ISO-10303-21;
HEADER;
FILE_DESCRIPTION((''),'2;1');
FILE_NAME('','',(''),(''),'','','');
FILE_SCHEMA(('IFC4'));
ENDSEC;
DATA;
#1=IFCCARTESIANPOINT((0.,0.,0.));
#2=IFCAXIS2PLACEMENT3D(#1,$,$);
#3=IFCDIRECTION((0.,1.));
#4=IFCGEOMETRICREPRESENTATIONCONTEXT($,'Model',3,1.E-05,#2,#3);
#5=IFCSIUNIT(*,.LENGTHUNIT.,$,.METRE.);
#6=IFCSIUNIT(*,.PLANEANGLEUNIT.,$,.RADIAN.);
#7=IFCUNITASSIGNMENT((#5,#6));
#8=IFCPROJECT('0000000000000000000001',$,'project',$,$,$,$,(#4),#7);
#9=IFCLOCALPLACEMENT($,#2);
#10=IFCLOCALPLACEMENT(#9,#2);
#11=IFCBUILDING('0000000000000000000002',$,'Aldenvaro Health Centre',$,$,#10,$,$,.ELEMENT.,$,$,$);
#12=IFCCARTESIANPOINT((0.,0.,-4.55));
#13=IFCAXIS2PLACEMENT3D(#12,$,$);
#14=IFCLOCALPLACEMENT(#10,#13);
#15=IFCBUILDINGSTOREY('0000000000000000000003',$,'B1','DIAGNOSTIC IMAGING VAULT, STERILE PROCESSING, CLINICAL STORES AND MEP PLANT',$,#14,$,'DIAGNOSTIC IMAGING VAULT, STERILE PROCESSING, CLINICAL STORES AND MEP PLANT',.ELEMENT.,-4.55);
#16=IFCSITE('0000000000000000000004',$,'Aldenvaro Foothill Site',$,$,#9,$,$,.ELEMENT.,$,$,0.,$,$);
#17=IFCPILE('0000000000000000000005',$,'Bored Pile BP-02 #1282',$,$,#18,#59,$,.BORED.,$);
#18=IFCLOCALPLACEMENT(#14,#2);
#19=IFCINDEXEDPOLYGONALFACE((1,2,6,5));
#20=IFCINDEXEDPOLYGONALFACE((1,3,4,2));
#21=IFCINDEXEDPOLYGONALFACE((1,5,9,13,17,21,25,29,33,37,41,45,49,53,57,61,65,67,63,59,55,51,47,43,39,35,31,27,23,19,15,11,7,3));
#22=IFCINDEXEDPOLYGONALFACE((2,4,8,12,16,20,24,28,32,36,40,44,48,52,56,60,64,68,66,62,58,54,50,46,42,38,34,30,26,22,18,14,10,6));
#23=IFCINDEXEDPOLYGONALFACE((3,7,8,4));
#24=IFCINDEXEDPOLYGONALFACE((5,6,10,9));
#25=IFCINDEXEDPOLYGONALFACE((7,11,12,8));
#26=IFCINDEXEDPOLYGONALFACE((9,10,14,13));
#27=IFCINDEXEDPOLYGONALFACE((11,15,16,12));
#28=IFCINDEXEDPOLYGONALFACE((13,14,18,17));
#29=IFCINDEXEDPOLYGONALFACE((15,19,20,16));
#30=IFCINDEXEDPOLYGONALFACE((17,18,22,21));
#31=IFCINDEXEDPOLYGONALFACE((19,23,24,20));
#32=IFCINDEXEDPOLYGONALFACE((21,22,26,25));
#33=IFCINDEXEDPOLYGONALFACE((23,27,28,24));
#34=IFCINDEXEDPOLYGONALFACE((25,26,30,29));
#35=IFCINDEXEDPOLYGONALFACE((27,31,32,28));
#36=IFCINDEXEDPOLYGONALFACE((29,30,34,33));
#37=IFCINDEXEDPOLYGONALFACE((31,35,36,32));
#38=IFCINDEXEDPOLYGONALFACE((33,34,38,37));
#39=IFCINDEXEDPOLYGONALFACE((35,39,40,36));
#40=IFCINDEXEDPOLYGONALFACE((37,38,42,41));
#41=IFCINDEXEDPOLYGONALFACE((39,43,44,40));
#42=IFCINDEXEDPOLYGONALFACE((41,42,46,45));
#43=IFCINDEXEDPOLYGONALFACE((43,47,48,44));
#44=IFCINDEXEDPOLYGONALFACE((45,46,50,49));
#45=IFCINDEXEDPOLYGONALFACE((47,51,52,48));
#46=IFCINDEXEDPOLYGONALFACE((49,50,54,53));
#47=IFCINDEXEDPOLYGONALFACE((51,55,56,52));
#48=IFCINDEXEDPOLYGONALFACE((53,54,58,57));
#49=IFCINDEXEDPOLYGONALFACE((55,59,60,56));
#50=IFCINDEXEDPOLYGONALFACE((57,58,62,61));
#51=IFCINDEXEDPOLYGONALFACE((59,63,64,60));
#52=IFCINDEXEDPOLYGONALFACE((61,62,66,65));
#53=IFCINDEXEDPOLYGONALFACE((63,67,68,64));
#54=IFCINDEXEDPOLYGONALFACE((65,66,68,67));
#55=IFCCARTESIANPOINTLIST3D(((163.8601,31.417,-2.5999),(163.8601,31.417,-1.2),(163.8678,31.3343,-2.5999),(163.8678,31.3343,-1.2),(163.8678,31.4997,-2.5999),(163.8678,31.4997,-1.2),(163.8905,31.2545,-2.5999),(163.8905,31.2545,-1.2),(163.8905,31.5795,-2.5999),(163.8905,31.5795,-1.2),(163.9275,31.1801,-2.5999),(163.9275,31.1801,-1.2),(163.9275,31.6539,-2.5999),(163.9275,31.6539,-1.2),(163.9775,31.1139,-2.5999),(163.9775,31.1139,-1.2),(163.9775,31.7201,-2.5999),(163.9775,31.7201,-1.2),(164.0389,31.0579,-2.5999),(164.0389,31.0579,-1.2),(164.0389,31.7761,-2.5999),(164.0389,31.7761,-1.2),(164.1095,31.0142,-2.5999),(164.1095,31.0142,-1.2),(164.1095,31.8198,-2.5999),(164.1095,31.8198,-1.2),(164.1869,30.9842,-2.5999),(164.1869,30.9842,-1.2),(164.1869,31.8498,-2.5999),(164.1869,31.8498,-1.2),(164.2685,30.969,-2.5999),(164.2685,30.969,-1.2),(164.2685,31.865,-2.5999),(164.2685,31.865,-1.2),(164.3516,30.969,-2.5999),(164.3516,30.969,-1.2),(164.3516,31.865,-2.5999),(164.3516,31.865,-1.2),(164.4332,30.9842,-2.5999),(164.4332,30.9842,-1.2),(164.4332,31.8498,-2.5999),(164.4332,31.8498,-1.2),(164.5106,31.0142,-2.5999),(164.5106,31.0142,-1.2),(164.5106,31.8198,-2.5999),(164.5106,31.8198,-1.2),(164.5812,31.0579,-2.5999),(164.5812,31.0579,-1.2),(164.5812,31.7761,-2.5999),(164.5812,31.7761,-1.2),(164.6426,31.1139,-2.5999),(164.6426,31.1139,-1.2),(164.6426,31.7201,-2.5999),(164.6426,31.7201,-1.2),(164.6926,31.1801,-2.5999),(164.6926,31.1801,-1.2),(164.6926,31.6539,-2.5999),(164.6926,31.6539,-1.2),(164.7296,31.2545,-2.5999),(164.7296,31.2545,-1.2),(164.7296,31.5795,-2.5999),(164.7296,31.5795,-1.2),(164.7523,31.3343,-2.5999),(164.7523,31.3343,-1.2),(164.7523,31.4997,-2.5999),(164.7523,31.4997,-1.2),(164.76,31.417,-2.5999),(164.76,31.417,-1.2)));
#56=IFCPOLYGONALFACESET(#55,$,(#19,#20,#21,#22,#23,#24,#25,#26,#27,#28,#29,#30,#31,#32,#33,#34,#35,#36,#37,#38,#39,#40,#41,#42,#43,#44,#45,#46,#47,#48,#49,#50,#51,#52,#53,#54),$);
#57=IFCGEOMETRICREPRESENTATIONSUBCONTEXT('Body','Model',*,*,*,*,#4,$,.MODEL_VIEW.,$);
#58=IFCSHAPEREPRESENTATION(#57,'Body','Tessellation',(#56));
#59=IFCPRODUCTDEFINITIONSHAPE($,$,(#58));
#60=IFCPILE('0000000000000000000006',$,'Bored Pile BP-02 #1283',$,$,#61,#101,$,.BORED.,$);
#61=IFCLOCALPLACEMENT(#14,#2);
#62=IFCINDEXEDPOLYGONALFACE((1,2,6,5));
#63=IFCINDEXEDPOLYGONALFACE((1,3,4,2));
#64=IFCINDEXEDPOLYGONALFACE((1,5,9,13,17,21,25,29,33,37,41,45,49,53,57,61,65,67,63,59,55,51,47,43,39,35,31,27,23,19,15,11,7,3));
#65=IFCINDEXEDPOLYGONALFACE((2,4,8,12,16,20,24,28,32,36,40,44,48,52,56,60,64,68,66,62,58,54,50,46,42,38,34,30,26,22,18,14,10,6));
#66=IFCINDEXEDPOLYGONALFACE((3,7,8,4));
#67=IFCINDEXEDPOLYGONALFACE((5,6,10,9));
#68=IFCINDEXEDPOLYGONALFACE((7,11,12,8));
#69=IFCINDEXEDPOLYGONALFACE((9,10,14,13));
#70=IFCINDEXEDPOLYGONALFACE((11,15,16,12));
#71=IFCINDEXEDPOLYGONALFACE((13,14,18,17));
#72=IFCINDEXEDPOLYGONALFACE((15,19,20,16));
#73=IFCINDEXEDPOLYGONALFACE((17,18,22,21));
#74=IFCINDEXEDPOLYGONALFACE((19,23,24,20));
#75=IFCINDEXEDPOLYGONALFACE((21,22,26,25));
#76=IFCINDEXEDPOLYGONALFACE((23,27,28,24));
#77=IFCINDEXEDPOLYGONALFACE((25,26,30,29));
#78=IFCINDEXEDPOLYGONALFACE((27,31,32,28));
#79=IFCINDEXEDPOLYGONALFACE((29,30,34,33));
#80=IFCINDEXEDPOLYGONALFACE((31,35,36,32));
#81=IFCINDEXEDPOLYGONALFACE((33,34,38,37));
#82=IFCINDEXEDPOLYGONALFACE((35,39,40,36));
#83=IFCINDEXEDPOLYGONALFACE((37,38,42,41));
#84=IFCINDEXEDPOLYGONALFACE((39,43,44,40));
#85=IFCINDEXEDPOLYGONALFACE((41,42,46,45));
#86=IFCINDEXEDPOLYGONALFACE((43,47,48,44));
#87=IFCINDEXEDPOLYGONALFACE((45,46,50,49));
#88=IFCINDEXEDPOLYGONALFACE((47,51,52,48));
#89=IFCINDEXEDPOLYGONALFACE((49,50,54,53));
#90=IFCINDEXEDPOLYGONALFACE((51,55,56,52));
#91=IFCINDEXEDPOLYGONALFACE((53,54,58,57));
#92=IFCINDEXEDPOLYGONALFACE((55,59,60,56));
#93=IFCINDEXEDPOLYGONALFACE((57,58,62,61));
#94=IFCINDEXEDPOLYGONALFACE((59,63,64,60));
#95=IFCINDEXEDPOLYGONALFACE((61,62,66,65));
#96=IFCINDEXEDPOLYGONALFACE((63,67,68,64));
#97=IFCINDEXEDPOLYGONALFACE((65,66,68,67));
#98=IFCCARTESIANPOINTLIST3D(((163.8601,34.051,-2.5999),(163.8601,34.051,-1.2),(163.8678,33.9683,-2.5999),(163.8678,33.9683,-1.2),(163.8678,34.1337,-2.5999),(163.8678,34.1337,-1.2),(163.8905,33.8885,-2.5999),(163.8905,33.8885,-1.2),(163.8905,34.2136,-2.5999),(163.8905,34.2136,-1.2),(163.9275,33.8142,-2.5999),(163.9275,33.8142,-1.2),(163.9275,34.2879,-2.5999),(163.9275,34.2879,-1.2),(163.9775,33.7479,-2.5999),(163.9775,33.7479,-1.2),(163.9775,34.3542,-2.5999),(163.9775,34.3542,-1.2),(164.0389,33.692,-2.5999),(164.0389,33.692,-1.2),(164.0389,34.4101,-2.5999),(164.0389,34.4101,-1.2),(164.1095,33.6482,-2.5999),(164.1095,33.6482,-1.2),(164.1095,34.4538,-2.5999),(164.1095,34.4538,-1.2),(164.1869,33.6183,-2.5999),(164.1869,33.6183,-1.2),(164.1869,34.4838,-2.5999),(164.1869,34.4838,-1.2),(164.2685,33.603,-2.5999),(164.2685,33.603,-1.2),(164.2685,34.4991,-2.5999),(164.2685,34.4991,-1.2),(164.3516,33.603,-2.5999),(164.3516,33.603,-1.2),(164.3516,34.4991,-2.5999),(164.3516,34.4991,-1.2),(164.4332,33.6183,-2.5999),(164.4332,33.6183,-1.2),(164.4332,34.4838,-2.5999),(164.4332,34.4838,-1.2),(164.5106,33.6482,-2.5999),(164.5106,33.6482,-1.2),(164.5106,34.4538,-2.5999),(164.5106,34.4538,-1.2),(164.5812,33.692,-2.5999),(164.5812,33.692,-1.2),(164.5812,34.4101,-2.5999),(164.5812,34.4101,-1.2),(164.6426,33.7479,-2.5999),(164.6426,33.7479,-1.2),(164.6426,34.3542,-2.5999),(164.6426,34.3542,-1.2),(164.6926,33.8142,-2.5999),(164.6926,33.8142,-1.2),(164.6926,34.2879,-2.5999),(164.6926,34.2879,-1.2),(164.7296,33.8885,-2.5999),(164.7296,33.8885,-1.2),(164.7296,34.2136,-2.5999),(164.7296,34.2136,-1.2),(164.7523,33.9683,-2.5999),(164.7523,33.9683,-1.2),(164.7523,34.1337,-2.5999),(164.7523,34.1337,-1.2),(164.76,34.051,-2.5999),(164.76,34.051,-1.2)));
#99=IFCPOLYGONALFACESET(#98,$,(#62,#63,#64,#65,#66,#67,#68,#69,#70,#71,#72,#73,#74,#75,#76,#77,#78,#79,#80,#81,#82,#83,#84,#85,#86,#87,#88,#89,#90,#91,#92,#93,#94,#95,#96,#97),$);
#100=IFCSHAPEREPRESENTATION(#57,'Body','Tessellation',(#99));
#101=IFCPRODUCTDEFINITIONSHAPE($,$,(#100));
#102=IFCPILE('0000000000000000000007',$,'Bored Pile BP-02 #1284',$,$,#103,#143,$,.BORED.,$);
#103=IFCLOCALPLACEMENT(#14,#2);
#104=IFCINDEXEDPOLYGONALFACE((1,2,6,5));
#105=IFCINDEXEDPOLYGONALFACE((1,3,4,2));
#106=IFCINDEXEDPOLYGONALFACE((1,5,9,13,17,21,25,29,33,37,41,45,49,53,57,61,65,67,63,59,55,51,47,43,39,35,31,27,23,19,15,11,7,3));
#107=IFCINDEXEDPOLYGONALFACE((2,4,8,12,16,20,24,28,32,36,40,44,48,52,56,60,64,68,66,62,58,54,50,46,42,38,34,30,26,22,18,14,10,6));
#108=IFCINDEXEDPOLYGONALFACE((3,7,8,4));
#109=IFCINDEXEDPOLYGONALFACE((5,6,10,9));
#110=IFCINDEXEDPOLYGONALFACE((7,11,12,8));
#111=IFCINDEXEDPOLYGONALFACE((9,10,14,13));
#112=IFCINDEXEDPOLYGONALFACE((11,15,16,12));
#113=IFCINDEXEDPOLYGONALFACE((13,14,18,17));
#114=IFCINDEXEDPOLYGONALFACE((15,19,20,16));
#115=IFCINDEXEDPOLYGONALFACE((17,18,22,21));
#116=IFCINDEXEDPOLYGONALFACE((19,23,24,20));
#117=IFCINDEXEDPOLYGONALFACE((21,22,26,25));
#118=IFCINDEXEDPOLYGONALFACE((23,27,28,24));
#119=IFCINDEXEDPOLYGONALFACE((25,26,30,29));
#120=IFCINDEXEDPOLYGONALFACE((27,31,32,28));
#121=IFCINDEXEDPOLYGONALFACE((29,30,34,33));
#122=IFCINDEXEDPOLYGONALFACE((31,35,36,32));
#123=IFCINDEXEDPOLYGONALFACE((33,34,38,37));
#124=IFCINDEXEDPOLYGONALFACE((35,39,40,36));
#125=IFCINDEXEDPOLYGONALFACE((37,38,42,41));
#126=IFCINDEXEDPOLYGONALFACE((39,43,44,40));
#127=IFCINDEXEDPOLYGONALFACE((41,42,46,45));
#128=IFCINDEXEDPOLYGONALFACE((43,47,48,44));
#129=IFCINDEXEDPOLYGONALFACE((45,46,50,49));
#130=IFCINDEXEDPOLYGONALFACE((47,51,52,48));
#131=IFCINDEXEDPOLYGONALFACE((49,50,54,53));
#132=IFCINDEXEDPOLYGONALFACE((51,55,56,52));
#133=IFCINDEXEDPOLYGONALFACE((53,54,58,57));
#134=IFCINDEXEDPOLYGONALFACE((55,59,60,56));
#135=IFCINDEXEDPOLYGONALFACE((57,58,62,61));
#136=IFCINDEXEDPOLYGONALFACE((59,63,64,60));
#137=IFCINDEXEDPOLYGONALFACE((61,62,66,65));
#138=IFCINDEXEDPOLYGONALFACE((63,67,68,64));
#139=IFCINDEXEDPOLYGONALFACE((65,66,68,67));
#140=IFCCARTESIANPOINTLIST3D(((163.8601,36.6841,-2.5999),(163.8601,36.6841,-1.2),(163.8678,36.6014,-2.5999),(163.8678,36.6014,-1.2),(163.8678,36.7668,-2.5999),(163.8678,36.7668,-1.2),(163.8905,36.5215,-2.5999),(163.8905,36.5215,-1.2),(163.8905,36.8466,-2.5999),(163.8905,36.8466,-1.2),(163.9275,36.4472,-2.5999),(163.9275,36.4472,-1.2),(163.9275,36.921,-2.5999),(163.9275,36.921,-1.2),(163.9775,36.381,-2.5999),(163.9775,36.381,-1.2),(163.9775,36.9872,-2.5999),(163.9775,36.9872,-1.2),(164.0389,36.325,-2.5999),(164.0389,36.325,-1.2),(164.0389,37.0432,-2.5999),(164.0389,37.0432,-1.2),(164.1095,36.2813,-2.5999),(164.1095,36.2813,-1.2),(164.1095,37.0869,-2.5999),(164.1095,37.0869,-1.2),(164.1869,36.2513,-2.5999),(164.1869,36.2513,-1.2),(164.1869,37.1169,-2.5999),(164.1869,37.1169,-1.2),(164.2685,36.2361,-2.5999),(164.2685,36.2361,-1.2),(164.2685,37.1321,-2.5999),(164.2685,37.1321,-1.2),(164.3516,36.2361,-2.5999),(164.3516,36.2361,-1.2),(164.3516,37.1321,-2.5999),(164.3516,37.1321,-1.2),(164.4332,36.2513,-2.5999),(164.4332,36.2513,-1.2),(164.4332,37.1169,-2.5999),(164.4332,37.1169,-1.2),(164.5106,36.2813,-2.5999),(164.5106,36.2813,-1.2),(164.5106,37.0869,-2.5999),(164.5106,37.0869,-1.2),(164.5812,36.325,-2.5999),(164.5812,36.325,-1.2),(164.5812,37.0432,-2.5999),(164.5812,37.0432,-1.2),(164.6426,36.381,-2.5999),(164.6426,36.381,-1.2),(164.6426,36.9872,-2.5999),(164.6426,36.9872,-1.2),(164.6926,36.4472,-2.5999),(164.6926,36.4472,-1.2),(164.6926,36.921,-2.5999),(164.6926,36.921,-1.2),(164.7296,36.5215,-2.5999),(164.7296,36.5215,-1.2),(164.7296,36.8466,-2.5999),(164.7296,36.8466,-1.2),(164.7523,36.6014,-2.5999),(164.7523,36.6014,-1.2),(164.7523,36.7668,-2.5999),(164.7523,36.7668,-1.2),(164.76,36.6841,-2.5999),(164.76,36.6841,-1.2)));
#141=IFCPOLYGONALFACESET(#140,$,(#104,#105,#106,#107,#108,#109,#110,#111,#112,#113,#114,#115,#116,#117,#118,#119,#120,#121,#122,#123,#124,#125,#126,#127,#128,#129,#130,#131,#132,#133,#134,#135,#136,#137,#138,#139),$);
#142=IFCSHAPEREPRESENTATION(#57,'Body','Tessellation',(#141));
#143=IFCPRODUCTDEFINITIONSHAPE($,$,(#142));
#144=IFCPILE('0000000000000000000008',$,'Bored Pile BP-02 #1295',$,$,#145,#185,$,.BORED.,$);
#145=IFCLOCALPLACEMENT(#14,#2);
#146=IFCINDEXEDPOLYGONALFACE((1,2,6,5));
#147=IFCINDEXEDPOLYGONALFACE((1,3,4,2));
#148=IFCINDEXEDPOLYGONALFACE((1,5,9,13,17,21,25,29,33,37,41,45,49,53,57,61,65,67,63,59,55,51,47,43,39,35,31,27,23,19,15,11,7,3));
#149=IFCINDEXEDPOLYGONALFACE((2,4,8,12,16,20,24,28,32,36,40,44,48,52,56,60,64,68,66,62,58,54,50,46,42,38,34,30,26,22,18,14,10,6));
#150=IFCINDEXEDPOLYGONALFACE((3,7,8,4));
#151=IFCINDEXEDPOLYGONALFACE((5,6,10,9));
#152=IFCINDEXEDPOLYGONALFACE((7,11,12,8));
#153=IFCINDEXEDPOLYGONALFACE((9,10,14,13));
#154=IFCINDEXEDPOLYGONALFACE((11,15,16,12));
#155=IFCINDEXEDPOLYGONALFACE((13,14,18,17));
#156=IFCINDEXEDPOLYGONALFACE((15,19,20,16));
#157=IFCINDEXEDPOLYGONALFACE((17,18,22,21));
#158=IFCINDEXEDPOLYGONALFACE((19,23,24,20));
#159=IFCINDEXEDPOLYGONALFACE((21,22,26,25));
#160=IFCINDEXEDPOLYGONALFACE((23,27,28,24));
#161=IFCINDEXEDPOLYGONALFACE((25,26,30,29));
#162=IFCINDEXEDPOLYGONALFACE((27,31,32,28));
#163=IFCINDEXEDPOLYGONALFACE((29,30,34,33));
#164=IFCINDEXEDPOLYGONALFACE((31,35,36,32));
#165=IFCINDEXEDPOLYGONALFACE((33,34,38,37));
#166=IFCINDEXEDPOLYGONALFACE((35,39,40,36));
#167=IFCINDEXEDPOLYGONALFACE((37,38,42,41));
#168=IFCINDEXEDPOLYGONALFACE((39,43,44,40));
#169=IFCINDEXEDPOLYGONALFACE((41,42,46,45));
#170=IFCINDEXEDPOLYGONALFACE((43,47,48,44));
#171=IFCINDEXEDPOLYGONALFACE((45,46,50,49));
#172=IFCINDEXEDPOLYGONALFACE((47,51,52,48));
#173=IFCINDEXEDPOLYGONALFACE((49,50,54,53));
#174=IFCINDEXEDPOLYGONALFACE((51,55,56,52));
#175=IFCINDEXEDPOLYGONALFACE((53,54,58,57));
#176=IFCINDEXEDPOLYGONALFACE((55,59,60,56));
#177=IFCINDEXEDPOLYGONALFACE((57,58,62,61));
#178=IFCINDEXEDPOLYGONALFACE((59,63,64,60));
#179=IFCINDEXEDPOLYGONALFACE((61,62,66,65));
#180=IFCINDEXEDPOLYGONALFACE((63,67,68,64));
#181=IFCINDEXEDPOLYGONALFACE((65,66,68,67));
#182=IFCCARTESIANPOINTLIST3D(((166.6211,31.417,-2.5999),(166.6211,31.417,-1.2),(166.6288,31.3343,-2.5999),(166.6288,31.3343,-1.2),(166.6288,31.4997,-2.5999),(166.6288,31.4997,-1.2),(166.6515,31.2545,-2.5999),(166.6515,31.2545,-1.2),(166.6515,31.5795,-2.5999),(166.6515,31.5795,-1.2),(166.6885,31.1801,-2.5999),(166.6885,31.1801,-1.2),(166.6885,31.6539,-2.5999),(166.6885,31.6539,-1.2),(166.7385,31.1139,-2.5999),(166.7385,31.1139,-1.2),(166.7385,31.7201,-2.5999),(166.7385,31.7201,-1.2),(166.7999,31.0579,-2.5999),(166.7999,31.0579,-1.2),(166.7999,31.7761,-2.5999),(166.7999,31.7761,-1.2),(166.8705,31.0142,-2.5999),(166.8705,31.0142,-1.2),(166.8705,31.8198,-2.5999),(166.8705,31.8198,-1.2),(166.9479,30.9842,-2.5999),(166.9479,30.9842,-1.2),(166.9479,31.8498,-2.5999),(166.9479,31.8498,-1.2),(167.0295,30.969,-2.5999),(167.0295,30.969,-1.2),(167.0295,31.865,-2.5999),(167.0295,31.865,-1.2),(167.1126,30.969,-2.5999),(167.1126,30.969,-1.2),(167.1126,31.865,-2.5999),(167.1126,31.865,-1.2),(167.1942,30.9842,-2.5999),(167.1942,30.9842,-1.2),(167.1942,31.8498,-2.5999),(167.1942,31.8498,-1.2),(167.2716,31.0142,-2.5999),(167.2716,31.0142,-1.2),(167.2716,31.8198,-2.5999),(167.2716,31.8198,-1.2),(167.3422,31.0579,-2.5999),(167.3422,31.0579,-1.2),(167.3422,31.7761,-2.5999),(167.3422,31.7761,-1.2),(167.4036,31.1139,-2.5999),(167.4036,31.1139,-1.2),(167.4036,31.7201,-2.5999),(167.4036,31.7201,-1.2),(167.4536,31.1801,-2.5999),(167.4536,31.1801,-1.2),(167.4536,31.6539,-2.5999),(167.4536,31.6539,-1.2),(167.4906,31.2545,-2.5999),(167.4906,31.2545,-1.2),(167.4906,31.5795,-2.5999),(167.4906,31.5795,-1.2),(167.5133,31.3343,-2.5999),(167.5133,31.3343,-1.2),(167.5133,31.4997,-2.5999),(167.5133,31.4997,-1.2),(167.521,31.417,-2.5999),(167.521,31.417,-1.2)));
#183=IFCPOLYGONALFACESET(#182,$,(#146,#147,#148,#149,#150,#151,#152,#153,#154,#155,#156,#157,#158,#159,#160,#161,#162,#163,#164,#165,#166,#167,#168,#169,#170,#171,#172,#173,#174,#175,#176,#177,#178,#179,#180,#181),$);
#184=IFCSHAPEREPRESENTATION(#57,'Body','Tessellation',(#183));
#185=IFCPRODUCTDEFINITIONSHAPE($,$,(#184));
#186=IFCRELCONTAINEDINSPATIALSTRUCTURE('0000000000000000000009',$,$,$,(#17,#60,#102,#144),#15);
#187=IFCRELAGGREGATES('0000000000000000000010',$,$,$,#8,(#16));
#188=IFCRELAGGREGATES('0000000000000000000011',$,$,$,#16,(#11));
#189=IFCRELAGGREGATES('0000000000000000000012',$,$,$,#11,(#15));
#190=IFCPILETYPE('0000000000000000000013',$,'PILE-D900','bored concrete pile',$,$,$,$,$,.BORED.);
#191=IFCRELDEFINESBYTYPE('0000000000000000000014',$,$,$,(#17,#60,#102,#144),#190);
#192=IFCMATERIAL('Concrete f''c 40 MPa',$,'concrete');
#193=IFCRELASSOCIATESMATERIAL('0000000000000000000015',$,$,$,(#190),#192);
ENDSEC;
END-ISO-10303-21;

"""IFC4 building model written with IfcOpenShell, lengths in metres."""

from ifc_helpers import new_model, si_unit, direction, frame, origin, origin_2d, place, context, subcontext, project, spatial, circle, extrude, material, material_profile, profile_set, type_object, element, save


model = new_model("IFC4")

# Units and contexts
model_context = context("Model", 3, precision=1e-05, world=origin(), true_north=direction((0.0, 1.0)))
body_context = subcontext(model_context, "Body", "Model", "MODEL_VIEW")
ifc_project = project(units=[si_unit("LENGTHUNIT", "METRE"), si_unit("PLANEANGLEUNIT", "RADIAN")], contexts=[model_context])

# Site, building, storey
site_placement = place(None, origin())
site = spatial("IfcSite", under=ifc_project, at=site_placement, Name="Aldenvaro Foothill Site", CompositionType="ELEMENT", RefElevation=0.0)
building_placement = place(site_placement, origin())
building = spatial("IfcBuilding", under=site, at=building_placement, Name="Aldenvaro Health Centre", CompositionType="ELEMENT")
storey_placement = place(building_placement, frame((0.0, 0.0, -4.55)))
storey = spatial("IfcBuildingStorey", under=building, at=storey_placement, Name="B1", Description="DIAGNOSTIC IMAGING VAULT, STERILE PROCESSING, CLINICAL STORES AND MEP PLANT", LongName="DIAGNOSTIC IMAGING VAULT, STERILE PROCESSING, CLINICAL STORES AND MEP PLANT", CompositionType="ELEMENT", Elevation=-4.55)

# Shared definitions
ifc_material = material(Name="Concrete f'c 40 MPa", Category="concrete")

# Piles
ifc_material_profile_1 = material_profile(ifc_material, circle(Radius=0.45, at=origin_2d()), Name="PILE D900", Category="concrete")
ifc_profile_set_1 = profile_set([ifc_material_profile_1], Name="Concrete f'c 40 MPa")
pile_type_1 = type_object("IfcPileType", Name="PILE-D900", Description="bored concrete pile", PredefinedType="BORED", material=ifc_profile_set_1)
for number, where, z_axis, x_axis, name in (
    (1, (164.3101, 31.417, -1.2), (0.0, 0.0, -1.0), (1.0, 0.0, 0.0), "Bored Pile BP-02 #1282"),
    (2, (164.3101, 34.051, -1.2), (0.0, 0.0, -1.0), (1.0, 0.0, 0.0), "Bored Pile BP-02 #1283"),
    (3, (164.3101, 36.6841, -1.2), (0.0, 0.0, -1.0), (1.0, 0.0, 0.0), "Bored Pile BP-02 #1284"),
    (4, (167.071, 31.417, -1.2), (0.0, 0.0, -1.0), (1.0, 0.0, 0.0), "Bored Pile BP-02 #1295"),
):
    element("IfcPile", number, at=place(storey_placement, frame(where, z_axis=z_axis, x_axis=x_axis)), inside=storey, type_object=pile_type_1, Name=name, PredefinedType="BORED", context=body_context, shape_type="SweptSolid", body=[
        extrude(circle(Radius=0.45, at=origin_2d()), origin(), (0.0, 0.0, 1.0), 1.3999),
    ])

save(model, "model.ifc")
